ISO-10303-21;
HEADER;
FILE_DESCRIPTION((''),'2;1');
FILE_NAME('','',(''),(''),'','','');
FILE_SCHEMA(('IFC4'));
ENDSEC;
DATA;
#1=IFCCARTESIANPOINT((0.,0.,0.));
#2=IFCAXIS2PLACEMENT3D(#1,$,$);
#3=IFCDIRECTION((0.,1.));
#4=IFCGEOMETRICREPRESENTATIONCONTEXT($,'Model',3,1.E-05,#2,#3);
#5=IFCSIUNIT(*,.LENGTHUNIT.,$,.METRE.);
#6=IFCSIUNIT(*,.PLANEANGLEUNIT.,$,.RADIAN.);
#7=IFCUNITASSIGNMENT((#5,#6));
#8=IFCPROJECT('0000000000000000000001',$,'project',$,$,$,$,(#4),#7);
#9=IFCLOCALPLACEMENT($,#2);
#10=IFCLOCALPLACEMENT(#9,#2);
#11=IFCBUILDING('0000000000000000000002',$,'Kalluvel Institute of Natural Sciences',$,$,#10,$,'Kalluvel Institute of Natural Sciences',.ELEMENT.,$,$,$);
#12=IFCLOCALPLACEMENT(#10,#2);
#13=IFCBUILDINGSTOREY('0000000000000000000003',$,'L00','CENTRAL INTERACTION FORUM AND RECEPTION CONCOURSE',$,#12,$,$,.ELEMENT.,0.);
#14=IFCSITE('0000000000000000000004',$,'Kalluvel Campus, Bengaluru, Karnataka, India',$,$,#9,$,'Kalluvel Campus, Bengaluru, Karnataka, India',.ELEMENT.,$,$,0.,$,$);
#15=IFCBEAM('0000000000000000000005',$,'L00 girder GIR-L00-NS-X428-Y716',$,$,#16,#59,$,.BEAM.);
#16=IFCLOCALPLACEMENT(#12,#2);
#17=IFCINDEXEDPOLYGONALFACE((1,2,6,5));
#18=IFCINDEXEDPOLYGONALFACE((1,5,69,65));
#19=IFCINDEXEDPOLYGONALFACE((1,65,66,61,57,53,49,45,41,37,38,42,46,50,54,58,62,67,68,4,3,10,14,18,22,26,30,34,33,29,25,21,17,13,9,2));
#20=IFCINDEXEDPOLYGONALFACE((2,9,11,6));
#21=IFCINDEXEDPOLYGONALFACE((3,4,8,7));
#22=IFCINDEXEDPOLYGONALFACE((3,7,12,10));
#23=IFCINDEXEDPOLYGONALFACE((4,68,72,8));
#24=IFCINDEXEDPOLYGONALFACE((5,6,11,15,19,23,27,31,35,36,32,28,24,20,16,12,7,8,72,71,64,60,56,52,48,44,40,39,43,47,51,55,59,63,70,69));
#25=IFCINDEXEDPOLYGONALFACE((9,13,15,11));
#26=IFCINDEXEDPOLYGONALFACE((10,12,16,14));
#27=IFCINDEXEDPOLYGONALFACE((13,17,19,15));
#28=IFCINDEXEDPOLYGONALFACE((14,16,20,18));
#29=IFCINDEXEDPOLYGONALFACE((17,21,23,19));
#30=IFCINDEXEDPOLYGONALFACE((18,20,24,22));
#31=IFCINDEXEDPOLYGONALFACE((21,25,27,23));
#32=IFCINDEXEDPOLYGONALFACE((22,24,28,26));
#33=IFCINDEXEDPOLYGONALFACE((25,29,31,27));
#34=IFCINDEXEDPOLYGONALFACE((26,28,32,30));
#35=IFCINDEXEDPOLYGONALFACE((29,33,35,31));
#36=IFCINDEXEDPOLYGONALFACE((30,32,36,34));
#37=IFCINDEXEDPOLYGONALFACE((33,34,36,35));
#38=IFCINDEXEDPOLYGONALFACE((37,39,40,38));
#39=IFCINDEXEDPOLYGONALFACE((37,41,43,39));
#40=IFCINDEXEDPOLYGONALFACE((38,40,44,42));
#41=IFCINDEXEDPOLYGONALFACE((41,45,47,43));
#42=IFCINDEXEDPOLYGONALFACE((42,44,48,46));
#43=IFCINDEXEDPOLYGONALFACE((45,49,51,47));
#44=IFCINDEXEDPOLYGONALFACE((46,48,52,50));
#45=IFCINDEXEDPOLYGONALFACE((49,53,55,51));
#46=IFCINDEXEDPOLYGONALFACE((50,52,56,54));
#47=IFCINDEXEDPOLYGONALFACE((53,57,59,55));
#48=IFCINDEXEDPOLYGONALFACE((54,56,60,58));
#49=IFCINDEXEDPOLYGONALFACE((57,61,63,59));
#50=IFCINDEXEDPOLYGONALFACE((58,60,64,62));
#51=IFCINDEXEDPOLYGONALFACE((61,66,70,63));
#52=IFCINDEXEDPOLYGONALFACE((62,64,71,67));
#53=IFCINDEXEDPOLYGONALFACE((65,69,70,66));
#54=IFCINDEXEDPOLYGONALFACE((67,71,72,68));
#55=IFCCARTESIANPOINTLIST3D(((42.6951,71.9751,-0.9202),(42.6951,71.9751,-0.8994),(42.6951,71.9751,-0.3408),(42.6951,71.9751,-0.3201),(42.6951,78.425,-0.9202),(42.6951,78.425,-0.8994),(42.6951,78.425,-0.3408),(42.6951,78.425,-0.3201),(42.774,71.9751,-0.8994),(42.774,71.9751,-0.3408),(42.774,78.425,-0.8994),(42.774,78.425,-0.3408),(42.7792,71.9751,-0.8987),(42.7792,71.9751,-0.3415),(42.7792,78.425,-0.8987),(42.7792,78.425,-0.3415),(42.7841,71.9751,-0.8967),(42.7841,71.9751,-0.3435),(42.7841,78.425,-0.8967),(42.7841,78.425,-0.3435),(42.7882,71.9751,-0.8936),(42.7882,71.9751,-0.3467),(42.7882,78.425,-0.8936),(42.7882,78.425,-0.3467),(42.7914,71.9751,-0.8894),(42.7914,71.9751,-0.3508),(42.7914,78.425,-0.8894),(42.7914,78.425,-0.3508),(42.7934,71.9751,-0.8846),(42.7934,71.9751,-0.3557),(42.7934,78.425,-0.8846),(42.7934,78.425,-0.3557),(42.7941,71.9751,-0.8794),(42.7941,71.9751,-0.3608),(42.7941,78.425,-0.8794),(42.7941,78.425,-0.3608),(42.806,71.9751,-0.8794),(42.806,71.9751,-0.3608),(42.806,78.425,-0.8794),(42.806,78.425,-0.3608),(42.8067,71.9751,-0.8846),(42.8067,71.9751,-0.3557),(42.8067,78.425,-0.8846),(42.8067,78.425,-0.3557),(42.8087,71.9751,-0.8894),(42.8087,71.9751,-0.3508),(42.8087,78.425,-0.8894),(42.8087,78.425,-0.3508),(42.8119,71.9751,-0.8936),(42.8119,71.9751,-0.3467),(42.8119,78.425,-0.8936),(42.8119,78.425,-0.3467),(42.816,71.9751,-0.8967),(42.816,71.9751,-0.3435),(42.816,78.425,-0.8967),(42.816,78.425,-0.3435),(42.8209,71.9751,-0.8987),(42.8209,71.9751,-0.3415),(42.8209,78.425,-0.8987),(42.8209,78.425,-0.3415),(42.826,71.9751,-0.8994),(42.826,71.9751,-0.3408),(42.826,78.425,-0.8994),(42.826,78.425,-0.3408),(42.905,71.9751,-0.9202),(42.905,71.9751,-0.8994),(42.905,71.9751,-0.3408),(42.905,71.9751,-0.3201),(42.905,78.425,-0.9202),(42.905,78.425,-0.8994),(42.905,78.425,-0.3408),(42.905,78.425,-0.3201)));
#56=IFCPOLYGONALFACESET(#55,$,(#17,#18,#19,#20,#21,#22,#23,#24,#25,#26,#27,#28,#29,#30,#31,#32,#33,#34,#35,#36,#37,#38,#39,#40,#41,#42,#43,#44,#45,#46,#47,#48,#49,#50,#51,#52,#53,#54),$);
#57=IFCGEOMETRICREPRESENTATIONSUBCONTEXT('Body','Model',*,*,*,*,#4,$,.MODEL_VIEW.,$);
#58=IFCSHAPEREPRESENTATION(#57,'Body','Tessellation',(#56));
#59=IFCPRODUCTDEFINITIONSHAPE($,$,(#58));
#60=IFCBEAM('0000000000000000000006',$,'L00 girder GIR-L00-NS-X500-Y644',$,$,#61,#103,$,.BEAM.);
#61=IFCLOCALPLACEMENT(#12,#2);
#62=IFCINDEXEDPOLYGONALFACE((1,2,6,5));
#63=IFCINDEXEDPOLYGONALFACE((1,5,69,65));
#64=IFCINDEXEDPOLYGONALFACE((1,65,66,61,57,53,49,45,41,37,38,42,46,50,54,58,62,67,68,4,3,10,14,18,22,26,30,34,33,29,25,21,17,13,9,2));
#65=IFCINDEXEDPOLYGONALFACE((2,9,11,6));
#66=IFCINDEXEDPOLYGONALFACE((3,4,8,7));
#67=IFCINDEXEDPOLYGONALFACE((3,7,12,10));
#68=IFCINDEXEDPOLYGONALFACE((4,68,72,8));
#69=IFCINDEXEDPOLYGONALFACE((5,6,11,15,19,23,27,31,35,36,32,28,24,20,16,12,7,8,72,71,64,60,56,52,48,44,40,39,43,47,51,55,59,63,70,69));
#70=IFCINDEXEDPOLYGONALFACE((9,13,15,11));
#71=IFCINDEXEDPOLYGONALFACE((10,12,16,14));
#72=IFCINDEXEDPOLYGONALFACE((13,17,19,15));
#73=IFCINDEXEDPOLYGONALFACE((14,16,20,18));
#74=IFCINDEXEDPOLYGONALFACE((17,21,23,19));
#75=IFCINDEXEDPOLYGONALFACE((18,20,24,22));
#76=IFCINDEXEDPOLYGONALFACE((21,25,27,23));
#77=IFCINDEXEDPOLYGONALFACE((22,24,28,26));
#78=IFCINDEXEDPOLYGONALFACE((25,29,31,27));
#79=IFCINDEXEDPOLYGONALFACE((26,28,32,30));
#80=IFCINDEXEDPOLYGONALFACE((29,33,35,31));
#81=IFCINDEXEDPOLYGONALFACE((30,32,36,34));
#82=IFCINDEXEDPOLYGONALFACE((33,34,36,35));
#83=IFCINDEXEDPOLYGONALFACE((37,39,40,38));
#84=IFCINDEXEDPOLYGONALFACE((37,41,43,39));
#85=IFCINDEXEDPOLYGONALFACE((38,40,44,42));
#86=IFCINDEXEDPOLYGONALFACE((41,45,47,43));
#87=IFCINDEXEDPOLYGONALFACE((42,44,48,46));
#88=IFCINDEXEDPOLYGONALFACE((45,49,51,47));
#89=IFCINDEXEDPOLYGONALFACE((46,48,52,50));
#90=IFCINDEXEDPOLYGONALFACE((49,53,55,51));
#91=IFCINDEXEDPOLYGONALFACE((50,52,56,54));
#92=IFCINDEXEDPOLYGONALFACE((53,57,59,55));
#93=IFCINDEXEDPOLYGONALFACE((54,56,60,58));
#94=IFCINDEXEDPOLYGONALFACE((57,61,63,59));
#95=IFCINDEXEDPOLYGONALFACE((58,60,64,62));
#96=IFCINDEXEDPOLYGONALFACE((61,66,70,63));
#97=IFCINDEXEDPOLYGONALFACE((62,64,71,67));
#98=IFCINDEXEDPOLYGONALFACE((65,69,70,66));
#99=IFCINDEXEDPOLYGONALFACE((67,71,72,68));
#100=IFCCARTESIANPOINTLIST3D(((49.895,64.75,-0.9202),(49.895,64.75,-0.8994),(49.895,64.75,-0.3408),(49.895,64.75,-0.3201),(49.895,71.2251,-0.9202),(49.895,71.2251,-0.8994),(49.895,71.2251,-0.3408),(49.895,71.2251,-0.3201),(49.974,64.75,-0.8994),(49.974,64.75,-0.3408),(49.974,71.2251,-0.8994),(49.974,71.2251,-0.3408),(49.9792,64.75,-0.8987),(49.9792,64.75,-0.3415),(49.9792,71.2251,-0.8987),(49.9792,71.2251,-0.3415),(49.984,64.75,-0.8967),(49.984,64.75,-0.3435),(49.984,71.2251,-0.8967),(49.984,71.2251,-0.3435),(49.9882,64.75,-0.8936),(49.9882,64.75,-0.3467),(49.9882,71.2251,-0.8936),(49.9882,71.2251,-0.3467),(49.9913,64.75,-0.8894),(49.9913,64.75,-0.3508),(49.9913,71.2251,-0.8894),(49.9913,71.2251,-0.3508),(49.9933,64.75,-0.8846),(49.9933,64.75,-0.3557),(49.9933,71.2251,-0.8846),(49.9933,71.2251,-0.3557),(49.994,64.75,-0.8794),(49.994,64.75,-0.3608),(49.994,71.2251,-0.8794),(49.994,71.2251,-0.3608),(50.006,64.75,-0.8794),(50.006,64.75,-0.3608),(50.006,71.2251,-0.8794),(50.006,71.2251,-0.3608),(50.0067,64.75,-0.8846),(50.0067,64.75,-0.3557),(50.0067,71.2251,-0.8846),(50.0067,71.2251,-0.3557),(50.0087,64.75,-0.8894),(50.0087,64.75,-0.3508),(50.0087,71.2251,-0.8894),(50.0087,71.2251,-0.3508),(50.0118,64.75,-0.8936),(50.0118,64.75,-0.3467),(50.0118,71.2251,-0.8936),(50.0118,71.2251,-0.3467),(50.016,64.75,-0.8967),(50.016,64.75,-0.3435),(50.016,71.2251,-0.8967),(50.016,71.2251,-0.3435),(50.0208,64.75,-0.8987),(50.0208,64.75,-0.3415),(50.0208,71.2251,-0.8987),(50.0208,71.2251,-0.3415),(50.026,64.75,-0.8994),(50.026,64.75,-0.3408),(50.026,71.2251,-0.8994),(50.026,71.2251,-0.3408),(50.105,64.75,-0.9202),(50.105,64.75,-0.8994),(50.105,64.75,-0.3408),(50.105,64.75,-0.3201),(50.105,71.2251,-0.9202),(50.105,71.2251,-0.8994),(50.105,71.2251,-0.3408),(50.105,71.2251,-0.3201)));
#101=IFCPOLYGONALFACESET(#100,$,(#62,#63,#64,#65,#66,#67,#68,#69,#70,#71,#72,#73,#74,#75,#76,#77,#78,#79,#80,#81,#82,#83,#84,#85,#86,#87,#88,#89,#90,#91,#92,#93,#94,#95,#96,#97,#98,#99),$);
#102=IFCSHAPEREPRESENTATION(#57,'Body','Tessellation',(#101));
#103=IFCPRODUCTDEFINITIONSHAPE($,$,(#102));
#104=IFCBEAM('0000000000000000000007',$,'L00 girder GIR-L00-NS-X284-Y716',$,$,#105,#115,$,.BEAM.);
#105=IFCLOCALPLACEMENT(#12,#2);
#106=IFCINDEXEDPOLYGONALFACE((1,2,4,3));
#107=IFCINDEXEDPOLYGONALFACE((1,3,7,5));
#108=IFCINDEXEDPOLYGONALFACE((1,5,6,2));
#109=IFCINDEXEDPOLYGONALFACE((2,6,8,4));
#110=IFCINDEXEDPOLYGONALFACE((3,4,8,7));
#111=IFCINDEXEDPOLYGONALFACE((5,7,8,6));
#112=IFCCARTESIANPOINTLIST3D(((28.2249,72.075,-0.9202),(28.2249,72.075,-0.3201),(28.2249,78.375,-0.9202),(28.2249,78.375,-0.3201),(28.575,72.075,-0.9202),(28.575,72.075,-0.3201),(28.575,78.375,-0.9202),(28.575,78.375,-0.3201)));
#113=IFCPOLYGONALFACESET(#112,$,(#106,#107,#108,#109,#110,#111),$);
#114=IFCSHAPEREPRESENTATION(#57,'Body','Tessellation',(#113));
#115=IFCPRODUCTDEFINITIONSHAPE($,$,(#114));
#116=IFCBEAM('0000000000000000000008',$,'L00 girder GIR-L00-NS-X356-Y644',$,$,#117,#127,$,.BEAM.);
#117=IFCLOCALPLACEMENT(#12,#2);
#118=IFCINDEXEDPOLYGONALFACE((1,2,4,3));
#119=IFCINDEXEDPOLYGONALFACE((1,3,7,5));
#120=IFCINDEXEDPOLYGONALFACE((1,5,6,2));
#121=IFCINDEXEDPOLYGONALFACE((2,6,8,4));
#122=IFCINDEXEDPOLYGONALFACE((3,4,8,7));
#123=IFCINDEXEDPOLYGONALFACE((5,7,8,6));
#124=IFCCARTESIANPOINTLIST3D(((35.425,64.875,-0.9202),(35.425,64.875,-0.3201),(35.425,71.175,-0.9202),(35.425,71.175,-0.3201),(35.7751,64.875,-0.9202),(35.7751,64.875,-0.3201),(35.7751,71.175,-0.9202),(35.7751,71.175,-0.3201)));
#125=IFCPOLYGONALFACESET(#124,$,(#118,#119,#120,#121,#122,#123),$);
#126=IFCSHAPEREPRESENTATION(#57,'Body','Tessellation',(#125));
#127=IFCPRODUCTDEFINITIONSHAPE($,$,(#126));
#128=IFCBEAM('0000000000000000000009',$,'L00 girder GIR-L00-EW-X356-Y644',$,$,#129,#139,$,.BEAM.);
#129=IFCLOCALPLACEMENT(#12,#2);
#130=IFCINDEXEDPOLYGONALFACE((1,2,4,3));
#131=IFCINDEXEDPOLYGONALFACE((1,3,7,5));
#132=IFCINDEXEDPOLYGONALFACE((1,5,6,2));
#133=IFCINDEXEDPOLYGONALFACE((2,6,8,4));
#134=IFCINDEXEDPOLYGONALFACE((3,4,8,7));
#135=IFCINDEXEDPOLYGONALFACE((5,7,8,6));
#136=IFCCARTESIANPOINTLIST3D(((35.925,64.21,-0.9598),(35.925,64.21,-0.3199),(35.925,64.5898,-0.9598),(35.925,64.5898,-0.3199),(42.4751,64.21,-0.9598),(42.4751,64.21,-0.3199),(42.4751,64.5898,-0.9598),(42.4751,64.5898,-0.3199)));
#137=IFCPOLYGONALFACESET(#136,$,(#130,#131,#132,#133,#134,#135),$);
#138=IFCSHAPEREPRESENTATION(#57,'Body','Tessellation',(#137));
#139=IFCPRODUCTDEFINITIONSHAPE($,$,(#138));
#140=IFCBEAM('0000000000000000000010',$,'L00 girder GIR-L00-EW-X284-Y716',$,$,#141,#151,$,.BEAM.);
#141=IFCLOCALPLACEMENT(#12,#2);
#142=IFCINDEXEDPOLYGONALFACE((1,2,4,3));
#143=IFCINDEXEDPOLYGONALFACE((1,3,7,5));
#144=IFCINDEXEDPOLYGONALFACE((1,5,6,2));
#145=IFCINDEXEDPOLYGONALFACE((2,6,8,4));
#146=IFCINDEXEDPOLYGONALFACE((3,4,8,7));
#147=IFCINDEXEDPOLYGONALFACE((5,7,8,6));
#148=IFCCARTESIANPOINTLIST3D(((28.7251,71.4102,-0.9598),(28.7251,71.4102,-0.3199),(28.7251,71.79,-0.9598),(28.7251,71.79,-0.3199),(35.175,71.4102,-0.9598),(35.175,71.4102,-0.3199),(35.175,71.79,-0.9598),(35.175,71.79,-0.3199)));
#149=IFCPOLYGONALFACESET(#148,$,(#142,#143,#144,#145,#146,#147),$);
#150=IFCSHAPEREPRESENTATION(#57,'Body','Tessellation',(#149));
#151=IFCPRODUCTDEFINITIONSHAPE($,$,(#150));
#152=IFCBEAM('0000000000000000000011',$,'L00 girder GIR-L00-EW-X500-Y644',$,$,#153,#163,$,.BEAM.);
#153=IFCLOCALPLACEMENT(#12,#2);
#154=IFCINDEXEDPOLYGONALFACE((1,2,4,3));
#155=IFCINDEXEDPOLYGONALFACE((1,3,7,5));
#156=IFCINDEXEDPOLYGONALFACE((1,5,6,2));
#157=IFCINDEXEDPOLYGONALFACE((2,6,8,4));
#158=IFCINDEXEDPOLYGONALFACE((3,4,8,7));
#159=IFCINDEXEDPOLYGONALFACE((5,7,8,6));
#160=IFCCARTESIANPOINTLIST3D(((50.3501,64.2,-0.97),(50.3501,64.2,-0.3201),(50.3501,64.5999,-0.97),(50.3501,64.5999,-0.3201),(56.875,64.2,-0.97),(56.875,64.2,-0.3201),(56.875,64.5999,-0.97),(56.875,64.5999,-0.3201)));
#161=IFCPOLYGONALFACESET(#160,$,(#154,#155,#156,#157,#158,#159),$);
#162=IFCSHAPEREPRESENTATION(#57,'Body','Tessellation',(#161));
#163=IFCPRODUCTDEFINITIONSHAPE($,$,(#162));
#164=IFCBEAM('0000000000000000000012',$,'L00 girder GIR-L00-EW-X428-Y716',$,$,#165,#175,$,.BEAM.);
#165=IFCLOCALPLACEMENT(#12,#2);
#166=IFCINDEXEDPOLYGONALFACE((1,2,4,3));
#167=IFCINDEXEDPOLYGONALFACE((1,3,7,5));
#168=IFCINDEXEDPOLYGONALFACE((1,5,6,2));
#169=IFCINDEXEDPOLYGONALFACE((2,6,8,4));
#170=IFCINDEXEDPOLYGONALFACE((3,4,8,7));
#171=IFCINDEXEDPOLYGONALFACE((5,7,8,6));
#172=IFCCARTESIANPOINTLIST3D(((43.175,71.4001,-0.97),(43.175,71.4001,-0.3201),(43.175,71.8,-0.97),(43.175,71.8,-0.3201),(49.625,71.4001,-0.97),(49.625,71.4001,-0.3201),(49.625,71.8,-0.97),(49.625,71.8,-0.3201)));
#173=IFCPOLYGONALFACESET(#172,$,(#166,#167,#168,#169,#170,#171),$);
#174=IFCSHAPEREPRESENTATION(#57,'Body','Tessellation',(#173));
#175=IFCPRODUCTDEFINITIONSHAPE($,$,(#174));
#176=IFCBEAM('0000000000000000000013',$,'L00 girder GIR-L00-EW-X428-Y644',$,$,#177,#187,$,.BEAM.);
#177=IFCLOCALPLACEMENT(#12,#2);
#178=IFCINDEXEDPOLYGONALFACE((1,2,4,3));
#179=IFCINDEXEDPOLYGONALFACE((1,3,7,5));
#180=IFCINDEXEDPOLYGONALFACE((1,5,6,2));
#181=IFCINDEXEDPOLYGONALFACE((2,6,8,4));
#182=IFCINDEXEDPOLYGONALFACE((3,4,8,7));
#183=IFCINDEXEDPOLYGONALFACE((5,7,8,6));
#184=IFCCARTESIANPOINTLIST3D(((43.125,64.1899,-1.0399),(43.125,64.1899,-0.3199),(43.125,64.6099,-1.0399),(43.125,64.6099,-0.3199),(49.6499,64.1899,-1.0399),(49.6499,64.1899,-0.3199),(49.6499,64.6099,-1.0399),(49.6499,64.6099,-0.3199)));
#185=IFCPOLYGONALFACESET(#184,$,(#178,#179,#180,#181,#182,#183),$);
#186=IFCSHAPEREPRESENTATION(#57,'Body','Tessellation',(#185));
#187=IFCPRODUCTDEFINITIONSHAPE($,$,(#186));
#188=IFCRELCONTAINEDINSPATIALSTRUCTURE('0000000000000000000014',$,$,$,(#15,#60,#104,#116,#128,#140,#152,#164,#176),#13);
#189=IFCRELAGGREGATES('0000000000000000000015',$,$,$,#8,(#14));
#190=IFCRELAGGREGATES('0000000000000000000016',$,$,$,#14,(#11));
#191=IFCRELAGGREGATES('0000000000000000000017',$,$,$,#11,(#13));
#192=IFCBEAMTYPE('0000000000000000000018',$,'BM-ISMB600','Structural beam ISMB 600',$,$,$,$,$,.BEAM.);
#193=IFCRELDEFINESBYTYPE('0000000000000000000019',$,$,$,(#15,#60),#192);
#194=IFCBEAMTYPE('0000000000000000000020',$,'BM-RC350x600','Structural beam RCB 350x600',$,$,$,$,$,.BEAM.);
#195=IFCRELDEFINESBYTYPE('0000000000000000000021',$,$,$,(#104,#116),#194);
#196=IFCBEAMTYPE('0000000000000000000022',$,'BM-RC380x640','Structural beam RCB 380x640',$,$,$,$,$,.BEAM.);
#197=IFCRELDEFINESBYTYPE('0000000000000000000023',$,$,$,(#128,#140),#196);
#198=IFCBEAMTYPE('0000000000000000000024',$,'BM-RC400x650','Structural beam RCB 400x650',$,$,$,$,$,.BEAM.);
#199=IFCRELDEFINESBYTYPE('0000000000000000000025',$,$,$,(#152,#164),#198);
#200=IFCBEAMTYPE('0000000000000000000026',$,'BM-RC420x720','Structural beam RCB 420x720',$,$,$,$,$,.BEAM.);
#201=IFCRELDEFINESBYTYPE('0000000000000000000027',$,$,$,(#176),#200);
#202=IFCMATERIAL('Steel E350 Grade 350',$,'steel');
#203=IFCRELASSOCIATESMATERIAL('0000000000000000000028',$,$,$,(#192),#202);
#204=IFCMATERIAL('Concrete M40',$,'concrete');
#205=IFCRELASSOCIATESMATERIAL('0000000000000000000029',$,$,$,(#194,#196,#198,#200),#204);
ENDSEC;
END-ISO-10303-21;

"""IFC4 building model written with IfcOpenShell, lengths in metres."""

from ifc_helpers import new_model, si_unit, direction, frame, origin, origin_2d, place, context, subcontext, project, spatial, rectangle, i_section, extrude, material, material_profile, profile_set, type_object, element, save


model = new_model("IFC4")

# Units and contexts
model_context = context("Model", 3, precision=1e-05, world=origin(), true_north=direction((0.0, 1.0)))
body_context = subcontext(model_context, "Body", "Model", "MODEL_VIEW")
ifc_project = project(units=[si_unit("LENGTHUNIT", "METRE"), si_unit("PLANEANGLEUNIT", "RADIAN")], contexts=[model_context])

# Site, building, storey
site_placement = place(None, origin())
site = spatial("IfcSite", under=ifc_project, at=site_placement, Name="Kalluvel Campus, Bengaluru, Karnataka, India", LongName="Kalluvel Campus, Bengaluru, Karnataka, India", CompositionType="ELEMENT", RefElevation=0.0)
building_placement = place(site_placement, origin())
building = spatial("IfcBuilding", under=site, at=building_placement, Name="Kalluvel Institute of Natural Sciences", LongName="Kalluvel Institute of Natural Sciences", CompositionType="ELEMENT")
storey_placement = place(building_placement, origin())
storey = spatial("IfcBuildingStorey", under=building, at=storey_placement, Name="L00", Description="CENTRAL INTERACTION FORUM AND RECEPTION CONCOURSE", CompositionType="ELEMENT", Elevation=0.0)

# Shared definitions
ifc_material_1 = material(Name="Concrete M40", Category="concrete")

# Beams
ifc_material_2 = material(Name="Steel E350 Grade 350", Category="steel")
ifc_material_profile_1 = material_profile(ifc_material_2, i_section(OverallWidth=0.21, OverallDepth=0.6001, WebThickness=0.012, FlangeThickness=0.0208, FilletRadius=0.02, at=origin_2d()), Name="ISMB 600")
ifc_profile_set_1 = profile_set([ifc_material_profile_1], Name="Steel E350 Grade 350")
beam_type_1 = type_object("IfcBeamType", Name="BM-ISMB600", Description="Structural beam ISMB 600", PredefinedType="BEAM", material=ifc_profile_set_1)
beam_1_placement = place(storey_placement, frame((42.8, 71.9751, -0.6201), z_axis=(0.0, 1.0, 0.0), x_axis=(-1.0, 0.0, 0.0)))
element("IfcBeam", 1, at=beam_1_placement, inside=storey, type_object=beam_type_1, Name="L00 girder GIR-L00-NS-X428-Y716", PredefinedType="BEAM", context=body_context, shape_type="SweptSolid", body=[
    extrude(i_section(OverallWidth=0.21, OverallDepth=0.6001, WebThickness=0.012, FlangeThickness=0.0208, FilletRadius=0.02, at=origin_2d()), origin(), (0.0, 0.0, 1.0), 6.45),
])
beam_2_placement = place(storey_placement, frame((50.0, 64.75, -0.6201), z_axis=(0.0, 1.0, 0.0), x_axis=(-1.0, 0.0, 0.0)))
element("IfcBeam", 2, at=beam_2_placement, inside=storey, type_object=beam_type_1, Name="L00 girder GIR-L00-NS-X500-Y644", PredefinedType="BEAM", context=body_context, shape_type="SweptSolid", body=[
    extrude(i_section(OverallWidth=0.21, OverallDepth=0.6001, WebThickness=0.012, FlangeThickness=0.0208, FilletRadius=0.02, at=origin_2d()), origin(), (0.0, 0.0, 1.0), 6.4751),
])
ifc_material_profile_2 = material_profile(ifc_material_1, rectangle(XDim=0.3501, YDim=0.6001, at=origin_2d()), Name="RCB 350x600")
ifc_profile_set_2 = profile_set([ifc_material_profile_2], Name="Concrete M40")
beam_type_2 = type_object("IfcBeamType", Name="BM-RC350x600", Description="Structural beam RCB 350x600", PredefinedType="BEAM", material=ifc_profile_set_2)
for number, where, z_axis, x_axis, name in (
    (3, (28.3999, 72.075, -0.6201), (0.0, 1.0, 0.0), (-1.0, 0.0, 0.0), "L00 girder GIR-L00-NS-X284-Y716"),
    (4, (35.6001, 64.875, -0.6201), (0.0, 1.0, 0.0), (-1.0, 0.0, 0.0), "L00 girder GIR-L00-NS-X356-Y644"),
):
    element("IfcBeam", number, at=place(storey_placement, frame(where, z_axis=z_axis, x_axis=x_axis)), inside=storey, type_object=beam_type_2, Name=name, PredefinedType="BEAM", context=body_context, shape_type="SweptSolid", body=[
        extrude(rectangle(XDim=0.3501, YDim=0.6001, at=origin_2d()), origin(), (0.0, 0.0, 1.0), 6.3),
    ])
ifc_material_profile_3 = material_profile(ifc_material_1, rectangle(XDim=0.3799, YDim=0.6399, at=origin_2d()), Name="RCB 380x640")
ifc_profile_set_3 = profile_set([ifc_material_profile_3], Name="Concrete M40")
beam_type_3 = type_object("IfcBeamType", Name="BM-RC380x640", Description="Structural beam RCB 380x640", PredefinedType="BEAM", material=ifc_profile_set_3)
beam_3_placement = place(storey_placement, frame((35.925, 64.3999, -0.6399), z_axis=(1.0, 0.0, 0.0), x_axis=(0.0, 1.0, 0.0)))
element("IfcBeam", 5, at=beam_3_placement, inside=storey, type_object=beam_type_3, Name="L00 girder GIR-L00-EW-X356-Y644", PredefinedType="BEAM", context=body_context, shape_type="SweptSolid", body=[
    extrude(rectangle(XDim=0.3799, YDim=0.6399, at=origin_2d()), origin(), (0.0, 0.0, 1.0), 6.55),
])
beam_4_placement = place(storey_placement, frame((28.7251, 71.6001, -0.6399), z_axis=(1.0, 0.0, 0.0), x_axis=(0.0, 1.0, 0.0)))
element("IfcBeam", 6, at=beam_4_placement, inside=storey, type_object=beam_type_3, Name="L00 girder GIR-L00-EW-X284-Y716", PredefinedType="BEAM", context=body_context, shape_type="SweptSolid", body=[
    extrude(rectangle(XDim=0.3799, YDim=0.6399, at=origin_2d()), origin(), (0.0, 0.0, 1.0), 6.45),
])
ifc_material_profile_4 = material_profile(ifc_material_1, rectangle(XDim=0.3999, YDim=0.6499, at=origin_2d()), Name="RCB 400x650")
ifc_profile_set_4 = profile_set([ifc_material_profile_4], Name="Concrete M40")
beam_type_4 = type_object("IfcBeamType", Name="BM-RC400x650", Description="Structural beam RCB 400x650", PredefinedType="BEAM", material=ifc_profile_set_4)
beam_5_placement = place(storey_placement, frame((50.3501, 64.3999, -0.645), z_axis=(1.0, 0.0, 0.0), x_axis=(0.0, 1.0, 0.0)))
element("IfcBeam", 7, at=beam_5_placement, inside=storey, type_object=beam_type_4, Name="L00 girder GIR-L00-EW-X500-Y644", PredefinedType="BEAM", context=body_context, shape_type="SweptSolid", body=[
    extrude(rectangle(XDim=0.3999, YDim=0.6499, at=origin_2d()), origin(), (0.0, 0.0, 1.0), 6.5249),
])
beam_6_placement = place(storey_placement, frame((43.175, 71.6001, -0.645), z_axis=(1.0, 0.0, 0.0), x_axis=(0.0, 1.0, 0.0)))
element("IfcBeam", 8, at=beam_6_placement, inside=storey, type_object=beam_type_4, Name="L00 girder GIR-L00-EW-X428-Y716", PredefinedType="BEAM", context=body_context, shape_type="SweptSolid", body=[
    extrude(rectangle(XDim=0.3999, YDim=0.6499, at=origin_2d()), origin(), (0.0, 0.0, 1.0), 6.45),
])
ifc_material_profile_5 = material_profile(ifc_material_1, rectangle(XDim=0.4199, YDim=0.72, at=origin_2d()), Name="RCB 420x720")
ifc_profile_set_5 = profile_set([ifc_material_profile_5], Name="Concrete M40")
beam_type_5 = type_object("IfcBeamType", Name="BM-RC420x720", Description="Structural beam RCB 420x720", PredefinedType="BEAM", material=ifc_profile_set_5)
beam_7_placement = place(storey_placement, frame((43.125, 64.3999, -0.6799), z_axis=(1.0, 0.0, 0.0), x_axis=(0.0, 1.0, 0.0)))
element("IfcBeam", 9, at=beam_7_placement, inside=storey, type_object=beam_type_5, Name="L00 girder GIR-L00-EW-X428-Y644", PredefinedType="BEAM", context=body_context, shape_type="SweptSolid", body=[
    extrude(rectangle(XDim=0.4199, YDim=0.72, at=origin_2d()), origin(), (0.0, 0.0, 1.0), 6.5249),
])

save(model, "model.ifc")
